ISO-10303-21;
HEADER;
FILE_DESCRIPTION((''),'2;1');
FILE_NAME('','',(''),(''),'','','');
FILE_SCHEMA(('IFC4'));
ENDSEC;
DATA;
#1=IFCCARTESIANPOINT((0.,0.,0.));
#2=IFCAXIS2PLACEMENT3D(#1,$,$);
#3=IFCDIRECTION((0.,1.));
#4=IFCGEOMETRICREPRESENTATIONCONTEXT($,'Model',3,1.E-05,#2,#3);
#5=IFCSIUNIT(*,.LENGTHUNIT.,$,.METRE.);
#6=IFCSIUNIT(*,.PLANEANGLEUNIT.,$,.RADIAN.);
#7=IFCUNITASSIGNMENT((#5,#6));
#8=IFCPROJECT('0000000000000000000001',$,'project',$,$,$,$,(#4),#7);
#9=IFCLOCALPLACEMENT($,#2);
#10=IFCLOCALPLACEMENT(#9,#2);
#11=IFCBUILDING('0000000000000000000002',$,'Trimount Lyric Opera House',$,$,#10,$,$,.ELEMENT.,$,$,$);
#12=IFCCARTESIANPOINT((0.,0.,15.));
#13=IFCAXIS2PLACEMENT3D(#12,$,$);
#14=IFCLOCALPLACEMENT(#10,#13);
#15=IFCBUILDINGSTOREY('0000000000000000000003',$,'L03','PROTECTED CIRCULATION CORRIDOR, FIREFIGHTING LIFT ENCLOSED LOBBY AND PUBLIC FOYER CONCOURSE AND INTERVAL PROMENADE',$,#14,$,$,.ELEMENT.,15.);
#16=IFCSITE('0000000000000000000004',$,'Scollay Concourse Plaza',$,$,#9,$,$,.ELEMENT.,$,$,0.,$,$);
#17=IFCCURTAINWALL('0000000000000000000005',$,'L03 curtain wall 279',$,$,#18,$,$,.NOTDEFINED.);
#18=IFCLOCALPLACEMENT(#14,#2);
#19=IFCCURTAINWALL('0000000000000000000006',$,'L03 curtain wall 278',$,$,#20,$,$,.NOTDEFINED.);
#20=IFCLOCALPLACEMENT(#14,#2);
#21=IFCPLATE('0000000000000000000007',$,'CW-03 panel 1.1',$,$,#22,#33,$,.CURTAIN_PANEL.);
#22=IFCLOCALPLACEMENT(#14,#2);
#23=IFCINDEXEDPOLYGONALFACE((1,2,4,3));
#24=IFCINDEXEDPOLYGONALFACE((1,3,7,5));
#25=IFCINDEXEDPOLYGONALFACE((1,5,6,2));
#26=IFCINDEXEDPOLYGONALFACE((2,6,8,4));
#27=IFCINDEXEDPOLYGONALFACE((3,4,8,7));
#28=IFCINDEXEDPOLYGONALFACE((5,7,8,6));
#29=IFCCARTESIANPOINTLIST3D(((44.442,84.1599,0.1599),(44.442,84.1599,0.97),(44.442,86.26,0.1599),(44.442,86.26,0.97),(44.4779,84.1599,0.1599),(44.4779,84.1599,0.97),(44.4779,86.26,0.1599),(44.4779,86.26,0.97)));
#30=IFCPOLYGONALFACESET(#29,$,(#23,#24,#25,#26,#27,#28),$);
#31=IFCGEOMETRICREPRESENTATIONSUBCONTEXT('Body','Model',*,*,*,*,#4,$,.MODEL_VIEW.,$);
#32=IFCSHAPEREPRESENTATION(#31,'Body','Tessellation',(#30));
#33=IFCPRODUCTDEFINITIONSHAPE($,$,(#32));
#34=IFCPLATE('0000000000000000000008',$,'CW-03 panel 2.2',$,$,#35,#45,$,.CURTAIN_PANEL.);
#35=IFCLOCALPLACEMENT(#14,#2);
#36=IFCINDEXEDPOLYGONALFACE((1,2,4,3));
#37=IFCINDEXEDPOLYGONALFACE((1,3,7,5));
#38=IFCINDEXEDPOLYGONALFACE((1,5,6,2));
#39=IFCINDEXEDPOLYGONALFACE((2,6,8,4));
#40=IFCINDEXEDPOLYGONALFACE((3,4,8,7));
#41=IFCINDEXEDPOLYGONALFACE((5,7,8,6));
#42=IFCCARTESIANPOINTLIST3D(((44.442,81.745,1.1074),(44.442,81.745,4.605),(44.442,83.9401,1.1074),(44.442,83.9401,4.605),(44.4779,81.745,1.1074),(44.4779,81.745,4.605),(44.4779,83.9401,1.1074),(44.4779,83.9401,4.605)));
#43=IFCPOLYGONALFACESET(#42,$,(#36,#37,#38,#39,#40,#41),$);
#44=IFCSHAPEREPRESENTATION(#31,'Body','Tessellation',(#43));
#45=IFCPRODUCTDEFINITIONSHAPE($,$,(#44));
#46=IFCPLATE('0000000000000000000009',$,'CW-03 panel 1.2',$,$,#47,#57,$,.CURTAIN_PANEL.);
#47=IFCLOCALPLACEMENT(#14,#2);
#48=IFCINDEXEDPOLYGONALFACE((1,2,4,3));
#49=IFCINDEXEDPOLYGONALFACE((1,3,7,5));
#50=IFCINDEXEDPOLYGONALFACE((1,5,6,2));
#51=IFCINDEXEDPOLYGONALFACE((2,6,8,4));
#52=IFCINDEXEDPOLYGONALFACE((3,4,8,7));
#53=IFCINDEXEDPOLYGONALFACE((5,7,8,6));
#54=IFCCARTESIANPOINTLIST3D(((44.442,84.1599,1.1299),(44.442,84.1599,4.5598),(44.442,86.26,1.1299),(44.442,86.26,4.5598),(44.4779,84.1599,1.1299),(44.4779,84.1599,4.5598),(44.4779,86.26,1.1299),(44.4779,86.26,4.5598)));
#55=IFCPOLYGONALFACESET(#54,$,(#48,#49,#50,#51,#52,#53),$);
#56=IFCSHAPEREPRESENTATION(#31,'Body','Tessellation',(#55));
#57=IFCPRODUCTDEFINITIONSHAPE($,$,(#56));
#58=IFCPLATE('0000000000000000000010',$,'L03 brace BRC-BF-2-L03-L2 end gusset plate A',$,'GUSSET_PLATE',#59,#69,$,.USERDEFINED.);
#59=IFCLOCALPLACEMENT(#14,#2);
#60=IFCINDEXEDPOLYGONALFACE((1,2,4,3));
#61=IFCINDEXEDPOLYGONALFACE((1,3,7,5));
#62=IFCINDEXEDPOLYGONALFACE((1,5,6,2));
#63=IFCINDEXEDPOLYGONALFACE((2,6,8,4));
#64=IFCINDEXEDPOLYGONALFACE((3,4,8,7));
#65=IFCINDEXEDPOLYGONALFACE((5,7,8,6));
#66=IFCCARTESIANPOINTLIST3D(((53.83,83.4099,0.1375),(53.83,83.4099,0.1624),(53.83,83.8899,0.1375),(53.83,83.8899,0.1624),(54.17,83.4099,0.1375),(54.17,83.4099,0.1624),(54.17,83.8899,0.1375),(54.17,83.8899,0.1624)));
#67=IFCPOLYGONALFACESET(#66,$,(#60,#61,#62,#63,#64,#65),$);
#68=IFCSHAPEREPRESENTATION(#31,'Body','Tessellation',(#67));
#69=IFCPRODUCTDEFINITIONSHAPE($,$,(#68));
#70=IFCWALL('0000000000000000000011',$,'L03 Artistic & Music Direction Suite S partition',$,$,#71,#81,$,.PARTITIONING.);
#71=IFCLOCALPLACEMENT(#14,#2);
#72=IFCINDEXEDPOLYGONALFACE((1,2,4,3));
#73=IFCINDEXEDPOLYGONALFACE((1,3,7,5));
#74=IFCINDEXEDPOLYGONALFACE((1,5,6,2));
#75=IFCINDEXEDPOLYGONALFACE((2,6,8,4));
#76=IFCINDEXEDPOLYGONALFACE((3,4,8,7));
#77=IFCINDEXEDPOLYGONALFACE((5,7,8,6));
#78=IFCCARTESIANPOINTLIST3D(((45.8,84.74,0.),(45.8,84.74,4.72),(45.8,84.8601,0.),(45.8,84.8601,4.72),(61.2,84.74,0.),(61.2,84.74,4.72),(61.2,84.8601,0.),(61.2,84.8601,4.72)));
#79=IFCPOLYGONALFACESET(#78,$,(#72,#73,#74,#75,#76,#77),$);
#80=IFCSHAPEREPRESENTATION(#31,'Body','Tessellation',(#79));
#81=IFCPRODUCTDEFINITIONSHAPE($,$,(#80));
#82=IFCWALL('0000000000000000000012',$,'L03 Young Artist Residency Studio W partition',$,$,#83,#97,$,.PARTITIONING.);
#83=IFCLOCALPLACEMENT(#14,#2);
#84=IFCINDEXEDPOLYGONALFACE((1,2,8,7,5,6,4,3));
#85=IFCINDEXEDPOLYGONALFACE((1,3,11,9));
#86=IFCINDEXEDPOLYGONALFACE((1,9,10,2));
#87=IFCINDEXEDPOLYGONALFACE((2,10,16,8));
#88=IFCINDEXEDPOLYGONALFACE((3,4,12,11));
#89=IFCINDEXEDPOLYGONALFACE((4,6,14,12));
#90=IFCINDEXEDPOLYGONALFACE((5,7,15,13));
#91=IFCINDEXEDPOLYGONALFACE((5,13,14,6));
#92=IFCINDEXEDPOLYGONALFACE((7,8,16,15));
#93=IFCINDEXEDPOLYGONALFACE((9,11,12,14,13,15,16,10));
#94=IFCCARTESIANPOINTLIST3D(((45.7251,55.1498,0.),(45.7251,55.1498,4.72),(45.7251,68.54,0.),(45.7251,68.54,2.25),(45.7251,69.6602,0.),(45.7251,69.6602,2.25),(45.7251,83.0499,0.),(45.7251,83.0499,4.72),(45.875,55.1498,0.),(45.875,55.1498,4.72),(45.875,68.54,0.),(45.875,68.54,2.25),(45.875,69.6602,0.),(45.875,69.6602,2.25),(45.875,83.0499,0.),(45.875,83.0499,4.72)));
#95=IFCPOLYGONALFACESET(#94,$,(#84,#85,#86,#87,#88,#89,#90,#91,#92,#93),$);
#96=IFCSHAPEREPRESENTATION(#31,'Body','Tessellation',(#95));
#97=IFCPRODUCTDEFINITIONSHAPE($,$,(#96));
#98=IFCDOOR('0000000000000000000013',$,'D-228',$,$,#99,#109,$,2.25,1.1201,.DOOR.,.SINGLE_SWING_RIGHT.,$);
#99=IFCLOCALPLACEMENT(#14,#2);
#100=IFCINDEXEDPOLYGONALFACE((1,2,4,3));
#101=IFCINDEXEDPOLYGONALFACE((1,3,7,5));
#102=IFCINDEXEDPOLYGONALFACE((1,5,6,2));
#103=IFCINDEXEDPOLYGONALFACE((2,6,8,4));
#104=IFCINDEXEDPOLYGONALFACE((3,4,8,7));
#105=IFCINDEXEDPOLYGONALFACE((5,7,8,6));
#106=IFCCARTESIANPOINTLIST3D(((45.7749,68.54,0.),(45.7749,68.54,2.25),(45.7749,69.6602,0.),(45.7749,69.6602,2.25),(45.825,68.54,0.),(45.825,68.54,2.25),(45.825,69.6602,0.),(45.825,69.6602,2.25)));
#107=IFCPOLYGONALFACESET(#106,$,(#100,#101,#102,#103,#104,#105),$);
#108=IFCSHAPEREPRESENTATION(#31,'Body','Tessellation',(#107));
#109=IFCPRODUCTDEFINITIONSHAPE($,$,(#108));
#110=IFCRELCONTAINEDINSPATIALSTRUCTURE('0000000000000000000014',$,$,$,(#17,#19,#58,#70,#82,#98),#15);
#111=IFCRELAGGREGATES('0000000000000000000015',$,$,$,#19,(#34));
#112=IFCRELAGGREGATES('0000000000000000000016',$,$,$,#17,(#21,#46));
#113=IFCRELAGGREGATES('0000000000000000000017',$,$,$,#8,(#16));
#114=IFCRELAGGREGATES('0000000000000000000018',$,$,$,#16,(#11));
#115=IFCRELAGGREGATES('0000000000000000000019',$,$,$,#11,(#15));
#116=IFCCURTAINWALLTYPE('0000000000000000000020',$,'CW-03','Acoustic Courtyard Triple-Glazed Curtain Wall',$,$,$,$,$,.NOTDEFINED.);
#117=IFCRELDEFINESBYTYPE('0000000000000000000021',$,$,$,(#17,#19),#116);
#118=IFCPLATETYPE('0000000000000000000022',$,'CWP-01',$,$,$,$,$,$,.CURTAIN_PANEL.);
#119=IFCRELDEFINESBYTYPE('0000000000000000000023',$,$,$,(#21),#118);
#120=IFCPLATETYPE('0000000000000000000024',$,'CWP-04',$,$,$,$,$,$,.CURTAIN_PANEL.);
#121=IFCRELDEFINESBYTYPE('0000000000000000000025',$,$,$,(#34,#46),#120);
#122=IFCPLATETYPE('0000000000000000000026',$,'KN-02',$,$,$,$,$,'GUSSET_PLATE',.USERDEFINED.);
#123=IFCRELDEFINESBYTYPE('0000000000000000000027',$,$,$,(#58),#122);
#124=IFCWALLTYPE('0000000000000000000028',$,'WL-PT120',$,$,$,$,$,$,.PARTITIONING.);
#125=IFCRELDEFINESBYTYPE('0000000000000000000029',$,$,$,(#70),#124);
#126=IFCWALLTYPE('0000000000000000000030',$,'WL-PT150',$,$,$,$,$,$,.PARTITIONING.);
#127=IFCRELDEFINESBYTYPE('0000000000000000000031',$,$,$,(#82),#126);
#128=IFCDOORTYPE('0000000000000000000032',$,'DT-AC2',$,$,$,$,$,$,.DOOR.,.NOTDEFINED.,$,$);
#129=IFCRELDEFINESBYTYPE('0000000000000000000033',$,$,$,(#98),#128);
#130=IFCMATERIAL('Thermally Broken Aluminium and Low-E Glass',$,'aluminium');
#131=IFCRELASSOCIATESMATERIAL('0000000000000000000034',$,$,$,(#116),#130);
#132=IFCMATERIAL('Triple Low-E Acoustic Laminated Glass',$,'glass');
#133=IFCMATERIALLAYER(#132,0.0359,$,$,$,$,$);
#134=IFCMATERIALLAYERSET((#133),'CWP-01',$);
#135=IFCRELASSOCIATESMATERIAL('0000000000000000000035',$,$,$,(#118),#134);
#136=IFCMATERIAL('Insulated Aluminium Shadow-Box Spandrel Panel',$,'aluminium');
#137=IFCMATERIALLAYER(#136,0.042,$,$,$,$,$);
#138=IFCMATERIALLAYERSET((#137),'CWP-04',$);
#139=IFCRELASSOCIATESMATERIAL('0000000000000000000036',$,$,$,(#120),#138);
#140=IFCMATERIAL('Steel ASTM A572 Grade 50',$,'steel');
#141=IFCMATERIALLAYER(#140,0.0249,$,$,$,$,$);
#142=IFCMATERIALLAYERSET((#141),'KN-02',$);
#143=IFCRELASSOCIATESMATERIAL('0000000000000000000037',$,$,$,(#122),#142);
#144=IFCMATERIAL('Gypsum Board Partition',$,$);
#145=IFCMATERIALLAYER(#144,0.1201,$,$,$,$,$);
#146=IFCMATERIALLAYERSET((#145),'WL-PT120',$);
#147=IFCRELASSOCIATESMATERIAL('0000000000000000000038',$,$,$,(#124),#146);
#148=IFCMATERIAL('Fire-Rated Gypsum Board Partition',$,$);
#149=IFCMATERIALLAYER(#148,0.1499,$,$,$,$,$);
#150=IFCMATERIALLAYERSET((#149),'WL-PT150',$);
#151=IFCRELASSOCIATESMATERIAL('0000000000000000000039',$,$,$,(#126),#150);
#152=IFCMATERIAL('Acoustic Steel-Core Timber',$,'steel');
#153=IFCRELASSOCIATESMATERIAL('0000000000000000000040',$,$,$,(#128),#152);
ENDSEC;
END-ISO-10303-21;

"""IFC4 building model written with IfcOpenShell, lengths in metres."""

from ifc_helpers import new_model, si_unit, direction, frame, frame_2d, origin, origin_2d, place, context, subcontext, project, spatial, rectangle, extrude, material, layer, layer_set, type_object, element, fill, aggregate, save


model = new_model("IFC4")

# Units and contexts
model_context = context("Model", 3, precision=1e-05, world=origin(), true_north=direction((0.0, 1.0)))
body_context = subcontext(model_context, "Body", "Model", "MODEL_VIEW")
ifc_project = project(units=[si_unit("LENGTHUNIT", "METRE"), si_unit("PLANEANGLEUNIT", "RADIAN")], contexts=[model_context])

# Site, building, storey
site_placement = place(None, origin())
site = spatial("IfcSite", under=ifc_project, at=site_placement, Name="Scollay Concourse Plaza", CompositionType="ELEMENT", RefElevation=0.0)
building_placement = place(site_placement, origin())
building = spatial("IfcBuilding", under=site, at=building_placement, Name="Trimount Lyric Opera House", CompositionType="ELEMENT")
storey_placement = place(building_placement, frame((0.0, 0.0, 15.0)))
storey = spatial("IfcBuildingStorey", under=building, at=storey_placement, Name="L03", Description="PROTECTED CIRCULATION CORRIDOR, FIREFIGHTING LIFT ENCLOSED LOBBY AND PUBLIC FOYER CONCOURSE AND INTERVAL PROMENADE", CompositionType="ELEMENT", Elevation=15.0)

# Curtain walls
ifc_material_1 = material(Name="Thermally Broken Aluminium and Low-E Glass", Category="aluminium")
curtain_wall_type = type_object("IfcCurtainWallType", Name="CW-03", Description="Acoustic Courtyard Triple-Glazed Curtain Wall", PredefinedType="NOTDEFINED", material=ifc_material_1)
curtain_wall_1_placement = place(storey_placement, origin())
curtain_wall_1 = element("IfcCurtainWall", 1, at=curtain_wall_1_placement, inside=storey, type_object=curtain_wall_type, Name="L03 curtain wall 279", PredefinedType="NOTDEFINED")
curtain_wall_2_placement = place(storey_placement, origin())
curtain_wall_2 = element("IfcCurtainWall", 2, at=curtain_wall_2_placement, inside=storey, type_object=curtain_wall_type, Name="L03 curtain wall 278", PredefinedType="NOTDEFINED")

# Plates
ifc_material_2 = material(Name="Triple Low-E Acoustic Laminated Glass", Category="glass")
ifc_layer_1 = layer(ifc_material_2, 0.0359)
ifc_layer_set_1 = layer_set([ifc_layer_1], Name="CWP-01")
plate_type_1 = type_object("IfcPlateType", Name="CWP-01", PredefinedType="CURTAIN_PANEL", material=ifc_layer_set_1)
plate_1_placement = place(storey_placement, frame((44.46, 85.21, 0.1599), z_axis=(0.0, 0.0, 1.0), x_axis=(0.0, 1.0, 0.0)))
plate_1 = element("IfcPlate", 3, at=plate_1_placement, type_object=plate_type_1, Name="CW-03 panel 1.1", PredefinedType="CURTAIN_PANEL", context=body_context, shape_type="SweptSolid", body=[
    extrude(rectangle(XDim=2.1001, YDim=0.0359, at=origin_2d()), origin(), (0.0, 0.0, 1.0), 0.8101),
])
ifc_material_3 = material(Name="Insulated Aluminium Shadow-Box Spandrel Panel", Category="aluminium")
ifc_layer_2 = layer(ifc_material_3, 0.042)
ifc_layer_set_2 = layer_set([ifc_layer_2], Name="CWP-04")
plate_type_2 = type_object("IfcPlateType", Name="CWP-04", PredefinedType="CURTAIN_PANEL", material=ifc_layer_set_2)
plate_2_placement = place(storey_placement, frame((44.46, 82.8425, 1.1074), z_axis=(0.0, 0.0, 1.0), x_axis=(0.0, 1.0, 0.0)))
plate_2 = element("IfcPlate", 4, at=plate_2_placement, type_object=plate_type_2, Name="CW-03 panel 2.2", PredefinedType="CURTAIN_PANEL", context=body_context, shape_type="SweptSolid", body=[
    extrude(rectangle(XDim=2.1951, YDim=0.0359, at=origin_2d()), origin(), (0.0, 0.0, 1.0), 3.4976),
])
aggregate(curtain_wall_2, [plate_2])
plate_3_placement = place(storey_placement, frame((44.46, 85.21, 1.1299), z_axis=(0.0, 0.0, 1.0), x_axis=(0.0, 1.0, 0.0)))
plate_3 = element("IfcPlate", 5, at=plate_3_placement, type_object=plate_type_2, Name="CW-03 panel 1.2", PredefinedType="CURTAIN_PANEL", context=body_context, shape_type="SweptSolid", body=[
    extrude(rectangle(XDim=2.1001, YDim=0.0359, at=origin_2d()), origin(), (0.0, 0.0, 1.0), 3.4299),
])
aggregate(curtain_wall_1, [plate_1, plate_3])
ifc_material_4 = material(Name="Steel ASTM A572 Grade 50", Category="steel")
ifc_layer_3 = layer(ifc_material_4, 0.0249)
ifc_layer_set_3 = layer_set([ifc_layer_3], Name="KN-02")
plate_type_3 = type_object("IfcPlateType", Name="KN-02", ElementType="GUSSET_PLATE", PredefinedType="USERDEFINED", material=ifc_layer_set_3)
plate_4_placement = place(storey_placement, frame((54.0, 83.6499, 0.1375), z_axis=(0.0, 0.0, 1.0), x_axis=(0.0, -1.0, 0.0)))
element("IfcPlate", 6, at=plate_4_placement, inside=storey, type_object=plate_type_3, Name="L03 brace BRC-BF-2-L03-L2 end gusset plate A", ObjectType="GUSSET_PLATE", PredefinedType="USERDEFINED", context=body_context, shape_type="SweptSolid", body=[
    extrude(rectangle(XDim=0.48, YDim=0.3401, at=origin_2d()), origin(), (0.0, 0.0, 1.0), 0.0249),
])

# Wall
ifc_material_5 = material(Name="Gypsum Board Partition")
ifc_layer_4 = layer(ifc_material_5, 0.1201)
ifc_layer_set_4 = layer_set([ifc_layer_4], Name="WL-PT120")
wall_type_1 = type_object("IfcWallType", Name="WL-PT120", PredefinedType="PARTITIONING", material=ifc_layer_set_4)
wall_1_placement = place(storey_placement, frame((45.8, 84.8, 0.0), z_axis=(0.0, 0.0, 1.0), x_axis=(1.0, 0.0, 0.0)))
element("IfcWall", 7, at=wall_1_placement, inside=storey, type_object=wall_type_1, Name="L03 Artistic & Music Direction Suite S partition", PredefinedType="PARTITIONING", context=body_context, shape_type="SweptSolid", body=[
    extrude(rectangle(XDim=15.3999, YDim=0.1201, at=frame_2d((7.7, 0.0))), origin(), (0.0, 0.0, 1.0), 4.72),
])

# Wall, opening, door
ifc_material_6 = material(Name="Fire-Rated Gypsum Board Partition")
ifc_layer_5 = layer(ifc_material_6, 0.1499)
ifc_layer_set_5 = layer_set([ifc_layer_5], Name="WL-PT150")
wall_type_2 = type_object("IfcWallType", Name="WL-PT150", PredefinedType="PARTITIONING", material=ifc_layer_set_5)
wall_2_placement = place(storey_placement, frame((45.8, 83.05, 0.0), z_axis=(0.0, 0.0, 1.0), x_axis=(0.0, -1.0, 0.0)))
wall_2 = element("IfcWall", 8, at=wall_2_placement, inside=storey, type_object=wall_type_2, Name="L03 Young Artist Residency Studio W partition", PredefinedType="PARTITIONING", context=body_context, shape_type="SweptSolid", body=[
    extrude(rectangle(XDim=27.9001, YDim=0.1499, at=frame_2d((13.9502, 0.0))), origin(), (0.0, 0.0, 1.0), 4.72),
])
opening_placement = place(wall_2_placement, frame((13.3899, 0.0, 0.0)))
opening = element("IfcOpeningElement", 9, at=opening_placement, cuts=wall_2, PredefinedType="OPENING", context=body_context, shape_type="SweptSolid", body=[
    extrude(rectangle(XDim=1.1201, YDim=2.25, at=frame_2d((0.5601, 1.125))), frame((0.0, 0.085, 0.0), z_axis=(0.0, -1.0, 0.0), x_axis=(1.0, 0.0, 0.0)), (0.0, 0.0, 1.0), 0.1699),
])
ifc_material_7 = material(Name="Acoustic Steel-Core Timber", Category="steel")
door_type = type_object("IfcDoorType", Name="DT-AC2", OperationType="NOTDEFINED", PredefinedType="DOOR", material=ifc_material_7)
door_placement = place(opening_placement, origin())
door = element("IfcDoor", 10, at=door_placement, inside=storey, type_object=door_type, Name="D-228", OperationType="SINGLE_SWING_RIGHT", OverallHeight=2.25, OverallWidth=1.1201, PredefinedType="DOOR", context=body_context, shape_type="SweptSolid", body=[
    extrude(rectangle(XDim=1.1201, YDim=2.25, at=frame_2d((0.5601, 1.125))), frame((0.0, 0.0249, 0.0), z_axis=(0.0, -1.0, 0.0), x_axis=(1.0, 0.0, 0.0)), (0.0, 0.0, 1.0), 0.05),
])
fill(opening, door)

save(model, "model.ifc")
